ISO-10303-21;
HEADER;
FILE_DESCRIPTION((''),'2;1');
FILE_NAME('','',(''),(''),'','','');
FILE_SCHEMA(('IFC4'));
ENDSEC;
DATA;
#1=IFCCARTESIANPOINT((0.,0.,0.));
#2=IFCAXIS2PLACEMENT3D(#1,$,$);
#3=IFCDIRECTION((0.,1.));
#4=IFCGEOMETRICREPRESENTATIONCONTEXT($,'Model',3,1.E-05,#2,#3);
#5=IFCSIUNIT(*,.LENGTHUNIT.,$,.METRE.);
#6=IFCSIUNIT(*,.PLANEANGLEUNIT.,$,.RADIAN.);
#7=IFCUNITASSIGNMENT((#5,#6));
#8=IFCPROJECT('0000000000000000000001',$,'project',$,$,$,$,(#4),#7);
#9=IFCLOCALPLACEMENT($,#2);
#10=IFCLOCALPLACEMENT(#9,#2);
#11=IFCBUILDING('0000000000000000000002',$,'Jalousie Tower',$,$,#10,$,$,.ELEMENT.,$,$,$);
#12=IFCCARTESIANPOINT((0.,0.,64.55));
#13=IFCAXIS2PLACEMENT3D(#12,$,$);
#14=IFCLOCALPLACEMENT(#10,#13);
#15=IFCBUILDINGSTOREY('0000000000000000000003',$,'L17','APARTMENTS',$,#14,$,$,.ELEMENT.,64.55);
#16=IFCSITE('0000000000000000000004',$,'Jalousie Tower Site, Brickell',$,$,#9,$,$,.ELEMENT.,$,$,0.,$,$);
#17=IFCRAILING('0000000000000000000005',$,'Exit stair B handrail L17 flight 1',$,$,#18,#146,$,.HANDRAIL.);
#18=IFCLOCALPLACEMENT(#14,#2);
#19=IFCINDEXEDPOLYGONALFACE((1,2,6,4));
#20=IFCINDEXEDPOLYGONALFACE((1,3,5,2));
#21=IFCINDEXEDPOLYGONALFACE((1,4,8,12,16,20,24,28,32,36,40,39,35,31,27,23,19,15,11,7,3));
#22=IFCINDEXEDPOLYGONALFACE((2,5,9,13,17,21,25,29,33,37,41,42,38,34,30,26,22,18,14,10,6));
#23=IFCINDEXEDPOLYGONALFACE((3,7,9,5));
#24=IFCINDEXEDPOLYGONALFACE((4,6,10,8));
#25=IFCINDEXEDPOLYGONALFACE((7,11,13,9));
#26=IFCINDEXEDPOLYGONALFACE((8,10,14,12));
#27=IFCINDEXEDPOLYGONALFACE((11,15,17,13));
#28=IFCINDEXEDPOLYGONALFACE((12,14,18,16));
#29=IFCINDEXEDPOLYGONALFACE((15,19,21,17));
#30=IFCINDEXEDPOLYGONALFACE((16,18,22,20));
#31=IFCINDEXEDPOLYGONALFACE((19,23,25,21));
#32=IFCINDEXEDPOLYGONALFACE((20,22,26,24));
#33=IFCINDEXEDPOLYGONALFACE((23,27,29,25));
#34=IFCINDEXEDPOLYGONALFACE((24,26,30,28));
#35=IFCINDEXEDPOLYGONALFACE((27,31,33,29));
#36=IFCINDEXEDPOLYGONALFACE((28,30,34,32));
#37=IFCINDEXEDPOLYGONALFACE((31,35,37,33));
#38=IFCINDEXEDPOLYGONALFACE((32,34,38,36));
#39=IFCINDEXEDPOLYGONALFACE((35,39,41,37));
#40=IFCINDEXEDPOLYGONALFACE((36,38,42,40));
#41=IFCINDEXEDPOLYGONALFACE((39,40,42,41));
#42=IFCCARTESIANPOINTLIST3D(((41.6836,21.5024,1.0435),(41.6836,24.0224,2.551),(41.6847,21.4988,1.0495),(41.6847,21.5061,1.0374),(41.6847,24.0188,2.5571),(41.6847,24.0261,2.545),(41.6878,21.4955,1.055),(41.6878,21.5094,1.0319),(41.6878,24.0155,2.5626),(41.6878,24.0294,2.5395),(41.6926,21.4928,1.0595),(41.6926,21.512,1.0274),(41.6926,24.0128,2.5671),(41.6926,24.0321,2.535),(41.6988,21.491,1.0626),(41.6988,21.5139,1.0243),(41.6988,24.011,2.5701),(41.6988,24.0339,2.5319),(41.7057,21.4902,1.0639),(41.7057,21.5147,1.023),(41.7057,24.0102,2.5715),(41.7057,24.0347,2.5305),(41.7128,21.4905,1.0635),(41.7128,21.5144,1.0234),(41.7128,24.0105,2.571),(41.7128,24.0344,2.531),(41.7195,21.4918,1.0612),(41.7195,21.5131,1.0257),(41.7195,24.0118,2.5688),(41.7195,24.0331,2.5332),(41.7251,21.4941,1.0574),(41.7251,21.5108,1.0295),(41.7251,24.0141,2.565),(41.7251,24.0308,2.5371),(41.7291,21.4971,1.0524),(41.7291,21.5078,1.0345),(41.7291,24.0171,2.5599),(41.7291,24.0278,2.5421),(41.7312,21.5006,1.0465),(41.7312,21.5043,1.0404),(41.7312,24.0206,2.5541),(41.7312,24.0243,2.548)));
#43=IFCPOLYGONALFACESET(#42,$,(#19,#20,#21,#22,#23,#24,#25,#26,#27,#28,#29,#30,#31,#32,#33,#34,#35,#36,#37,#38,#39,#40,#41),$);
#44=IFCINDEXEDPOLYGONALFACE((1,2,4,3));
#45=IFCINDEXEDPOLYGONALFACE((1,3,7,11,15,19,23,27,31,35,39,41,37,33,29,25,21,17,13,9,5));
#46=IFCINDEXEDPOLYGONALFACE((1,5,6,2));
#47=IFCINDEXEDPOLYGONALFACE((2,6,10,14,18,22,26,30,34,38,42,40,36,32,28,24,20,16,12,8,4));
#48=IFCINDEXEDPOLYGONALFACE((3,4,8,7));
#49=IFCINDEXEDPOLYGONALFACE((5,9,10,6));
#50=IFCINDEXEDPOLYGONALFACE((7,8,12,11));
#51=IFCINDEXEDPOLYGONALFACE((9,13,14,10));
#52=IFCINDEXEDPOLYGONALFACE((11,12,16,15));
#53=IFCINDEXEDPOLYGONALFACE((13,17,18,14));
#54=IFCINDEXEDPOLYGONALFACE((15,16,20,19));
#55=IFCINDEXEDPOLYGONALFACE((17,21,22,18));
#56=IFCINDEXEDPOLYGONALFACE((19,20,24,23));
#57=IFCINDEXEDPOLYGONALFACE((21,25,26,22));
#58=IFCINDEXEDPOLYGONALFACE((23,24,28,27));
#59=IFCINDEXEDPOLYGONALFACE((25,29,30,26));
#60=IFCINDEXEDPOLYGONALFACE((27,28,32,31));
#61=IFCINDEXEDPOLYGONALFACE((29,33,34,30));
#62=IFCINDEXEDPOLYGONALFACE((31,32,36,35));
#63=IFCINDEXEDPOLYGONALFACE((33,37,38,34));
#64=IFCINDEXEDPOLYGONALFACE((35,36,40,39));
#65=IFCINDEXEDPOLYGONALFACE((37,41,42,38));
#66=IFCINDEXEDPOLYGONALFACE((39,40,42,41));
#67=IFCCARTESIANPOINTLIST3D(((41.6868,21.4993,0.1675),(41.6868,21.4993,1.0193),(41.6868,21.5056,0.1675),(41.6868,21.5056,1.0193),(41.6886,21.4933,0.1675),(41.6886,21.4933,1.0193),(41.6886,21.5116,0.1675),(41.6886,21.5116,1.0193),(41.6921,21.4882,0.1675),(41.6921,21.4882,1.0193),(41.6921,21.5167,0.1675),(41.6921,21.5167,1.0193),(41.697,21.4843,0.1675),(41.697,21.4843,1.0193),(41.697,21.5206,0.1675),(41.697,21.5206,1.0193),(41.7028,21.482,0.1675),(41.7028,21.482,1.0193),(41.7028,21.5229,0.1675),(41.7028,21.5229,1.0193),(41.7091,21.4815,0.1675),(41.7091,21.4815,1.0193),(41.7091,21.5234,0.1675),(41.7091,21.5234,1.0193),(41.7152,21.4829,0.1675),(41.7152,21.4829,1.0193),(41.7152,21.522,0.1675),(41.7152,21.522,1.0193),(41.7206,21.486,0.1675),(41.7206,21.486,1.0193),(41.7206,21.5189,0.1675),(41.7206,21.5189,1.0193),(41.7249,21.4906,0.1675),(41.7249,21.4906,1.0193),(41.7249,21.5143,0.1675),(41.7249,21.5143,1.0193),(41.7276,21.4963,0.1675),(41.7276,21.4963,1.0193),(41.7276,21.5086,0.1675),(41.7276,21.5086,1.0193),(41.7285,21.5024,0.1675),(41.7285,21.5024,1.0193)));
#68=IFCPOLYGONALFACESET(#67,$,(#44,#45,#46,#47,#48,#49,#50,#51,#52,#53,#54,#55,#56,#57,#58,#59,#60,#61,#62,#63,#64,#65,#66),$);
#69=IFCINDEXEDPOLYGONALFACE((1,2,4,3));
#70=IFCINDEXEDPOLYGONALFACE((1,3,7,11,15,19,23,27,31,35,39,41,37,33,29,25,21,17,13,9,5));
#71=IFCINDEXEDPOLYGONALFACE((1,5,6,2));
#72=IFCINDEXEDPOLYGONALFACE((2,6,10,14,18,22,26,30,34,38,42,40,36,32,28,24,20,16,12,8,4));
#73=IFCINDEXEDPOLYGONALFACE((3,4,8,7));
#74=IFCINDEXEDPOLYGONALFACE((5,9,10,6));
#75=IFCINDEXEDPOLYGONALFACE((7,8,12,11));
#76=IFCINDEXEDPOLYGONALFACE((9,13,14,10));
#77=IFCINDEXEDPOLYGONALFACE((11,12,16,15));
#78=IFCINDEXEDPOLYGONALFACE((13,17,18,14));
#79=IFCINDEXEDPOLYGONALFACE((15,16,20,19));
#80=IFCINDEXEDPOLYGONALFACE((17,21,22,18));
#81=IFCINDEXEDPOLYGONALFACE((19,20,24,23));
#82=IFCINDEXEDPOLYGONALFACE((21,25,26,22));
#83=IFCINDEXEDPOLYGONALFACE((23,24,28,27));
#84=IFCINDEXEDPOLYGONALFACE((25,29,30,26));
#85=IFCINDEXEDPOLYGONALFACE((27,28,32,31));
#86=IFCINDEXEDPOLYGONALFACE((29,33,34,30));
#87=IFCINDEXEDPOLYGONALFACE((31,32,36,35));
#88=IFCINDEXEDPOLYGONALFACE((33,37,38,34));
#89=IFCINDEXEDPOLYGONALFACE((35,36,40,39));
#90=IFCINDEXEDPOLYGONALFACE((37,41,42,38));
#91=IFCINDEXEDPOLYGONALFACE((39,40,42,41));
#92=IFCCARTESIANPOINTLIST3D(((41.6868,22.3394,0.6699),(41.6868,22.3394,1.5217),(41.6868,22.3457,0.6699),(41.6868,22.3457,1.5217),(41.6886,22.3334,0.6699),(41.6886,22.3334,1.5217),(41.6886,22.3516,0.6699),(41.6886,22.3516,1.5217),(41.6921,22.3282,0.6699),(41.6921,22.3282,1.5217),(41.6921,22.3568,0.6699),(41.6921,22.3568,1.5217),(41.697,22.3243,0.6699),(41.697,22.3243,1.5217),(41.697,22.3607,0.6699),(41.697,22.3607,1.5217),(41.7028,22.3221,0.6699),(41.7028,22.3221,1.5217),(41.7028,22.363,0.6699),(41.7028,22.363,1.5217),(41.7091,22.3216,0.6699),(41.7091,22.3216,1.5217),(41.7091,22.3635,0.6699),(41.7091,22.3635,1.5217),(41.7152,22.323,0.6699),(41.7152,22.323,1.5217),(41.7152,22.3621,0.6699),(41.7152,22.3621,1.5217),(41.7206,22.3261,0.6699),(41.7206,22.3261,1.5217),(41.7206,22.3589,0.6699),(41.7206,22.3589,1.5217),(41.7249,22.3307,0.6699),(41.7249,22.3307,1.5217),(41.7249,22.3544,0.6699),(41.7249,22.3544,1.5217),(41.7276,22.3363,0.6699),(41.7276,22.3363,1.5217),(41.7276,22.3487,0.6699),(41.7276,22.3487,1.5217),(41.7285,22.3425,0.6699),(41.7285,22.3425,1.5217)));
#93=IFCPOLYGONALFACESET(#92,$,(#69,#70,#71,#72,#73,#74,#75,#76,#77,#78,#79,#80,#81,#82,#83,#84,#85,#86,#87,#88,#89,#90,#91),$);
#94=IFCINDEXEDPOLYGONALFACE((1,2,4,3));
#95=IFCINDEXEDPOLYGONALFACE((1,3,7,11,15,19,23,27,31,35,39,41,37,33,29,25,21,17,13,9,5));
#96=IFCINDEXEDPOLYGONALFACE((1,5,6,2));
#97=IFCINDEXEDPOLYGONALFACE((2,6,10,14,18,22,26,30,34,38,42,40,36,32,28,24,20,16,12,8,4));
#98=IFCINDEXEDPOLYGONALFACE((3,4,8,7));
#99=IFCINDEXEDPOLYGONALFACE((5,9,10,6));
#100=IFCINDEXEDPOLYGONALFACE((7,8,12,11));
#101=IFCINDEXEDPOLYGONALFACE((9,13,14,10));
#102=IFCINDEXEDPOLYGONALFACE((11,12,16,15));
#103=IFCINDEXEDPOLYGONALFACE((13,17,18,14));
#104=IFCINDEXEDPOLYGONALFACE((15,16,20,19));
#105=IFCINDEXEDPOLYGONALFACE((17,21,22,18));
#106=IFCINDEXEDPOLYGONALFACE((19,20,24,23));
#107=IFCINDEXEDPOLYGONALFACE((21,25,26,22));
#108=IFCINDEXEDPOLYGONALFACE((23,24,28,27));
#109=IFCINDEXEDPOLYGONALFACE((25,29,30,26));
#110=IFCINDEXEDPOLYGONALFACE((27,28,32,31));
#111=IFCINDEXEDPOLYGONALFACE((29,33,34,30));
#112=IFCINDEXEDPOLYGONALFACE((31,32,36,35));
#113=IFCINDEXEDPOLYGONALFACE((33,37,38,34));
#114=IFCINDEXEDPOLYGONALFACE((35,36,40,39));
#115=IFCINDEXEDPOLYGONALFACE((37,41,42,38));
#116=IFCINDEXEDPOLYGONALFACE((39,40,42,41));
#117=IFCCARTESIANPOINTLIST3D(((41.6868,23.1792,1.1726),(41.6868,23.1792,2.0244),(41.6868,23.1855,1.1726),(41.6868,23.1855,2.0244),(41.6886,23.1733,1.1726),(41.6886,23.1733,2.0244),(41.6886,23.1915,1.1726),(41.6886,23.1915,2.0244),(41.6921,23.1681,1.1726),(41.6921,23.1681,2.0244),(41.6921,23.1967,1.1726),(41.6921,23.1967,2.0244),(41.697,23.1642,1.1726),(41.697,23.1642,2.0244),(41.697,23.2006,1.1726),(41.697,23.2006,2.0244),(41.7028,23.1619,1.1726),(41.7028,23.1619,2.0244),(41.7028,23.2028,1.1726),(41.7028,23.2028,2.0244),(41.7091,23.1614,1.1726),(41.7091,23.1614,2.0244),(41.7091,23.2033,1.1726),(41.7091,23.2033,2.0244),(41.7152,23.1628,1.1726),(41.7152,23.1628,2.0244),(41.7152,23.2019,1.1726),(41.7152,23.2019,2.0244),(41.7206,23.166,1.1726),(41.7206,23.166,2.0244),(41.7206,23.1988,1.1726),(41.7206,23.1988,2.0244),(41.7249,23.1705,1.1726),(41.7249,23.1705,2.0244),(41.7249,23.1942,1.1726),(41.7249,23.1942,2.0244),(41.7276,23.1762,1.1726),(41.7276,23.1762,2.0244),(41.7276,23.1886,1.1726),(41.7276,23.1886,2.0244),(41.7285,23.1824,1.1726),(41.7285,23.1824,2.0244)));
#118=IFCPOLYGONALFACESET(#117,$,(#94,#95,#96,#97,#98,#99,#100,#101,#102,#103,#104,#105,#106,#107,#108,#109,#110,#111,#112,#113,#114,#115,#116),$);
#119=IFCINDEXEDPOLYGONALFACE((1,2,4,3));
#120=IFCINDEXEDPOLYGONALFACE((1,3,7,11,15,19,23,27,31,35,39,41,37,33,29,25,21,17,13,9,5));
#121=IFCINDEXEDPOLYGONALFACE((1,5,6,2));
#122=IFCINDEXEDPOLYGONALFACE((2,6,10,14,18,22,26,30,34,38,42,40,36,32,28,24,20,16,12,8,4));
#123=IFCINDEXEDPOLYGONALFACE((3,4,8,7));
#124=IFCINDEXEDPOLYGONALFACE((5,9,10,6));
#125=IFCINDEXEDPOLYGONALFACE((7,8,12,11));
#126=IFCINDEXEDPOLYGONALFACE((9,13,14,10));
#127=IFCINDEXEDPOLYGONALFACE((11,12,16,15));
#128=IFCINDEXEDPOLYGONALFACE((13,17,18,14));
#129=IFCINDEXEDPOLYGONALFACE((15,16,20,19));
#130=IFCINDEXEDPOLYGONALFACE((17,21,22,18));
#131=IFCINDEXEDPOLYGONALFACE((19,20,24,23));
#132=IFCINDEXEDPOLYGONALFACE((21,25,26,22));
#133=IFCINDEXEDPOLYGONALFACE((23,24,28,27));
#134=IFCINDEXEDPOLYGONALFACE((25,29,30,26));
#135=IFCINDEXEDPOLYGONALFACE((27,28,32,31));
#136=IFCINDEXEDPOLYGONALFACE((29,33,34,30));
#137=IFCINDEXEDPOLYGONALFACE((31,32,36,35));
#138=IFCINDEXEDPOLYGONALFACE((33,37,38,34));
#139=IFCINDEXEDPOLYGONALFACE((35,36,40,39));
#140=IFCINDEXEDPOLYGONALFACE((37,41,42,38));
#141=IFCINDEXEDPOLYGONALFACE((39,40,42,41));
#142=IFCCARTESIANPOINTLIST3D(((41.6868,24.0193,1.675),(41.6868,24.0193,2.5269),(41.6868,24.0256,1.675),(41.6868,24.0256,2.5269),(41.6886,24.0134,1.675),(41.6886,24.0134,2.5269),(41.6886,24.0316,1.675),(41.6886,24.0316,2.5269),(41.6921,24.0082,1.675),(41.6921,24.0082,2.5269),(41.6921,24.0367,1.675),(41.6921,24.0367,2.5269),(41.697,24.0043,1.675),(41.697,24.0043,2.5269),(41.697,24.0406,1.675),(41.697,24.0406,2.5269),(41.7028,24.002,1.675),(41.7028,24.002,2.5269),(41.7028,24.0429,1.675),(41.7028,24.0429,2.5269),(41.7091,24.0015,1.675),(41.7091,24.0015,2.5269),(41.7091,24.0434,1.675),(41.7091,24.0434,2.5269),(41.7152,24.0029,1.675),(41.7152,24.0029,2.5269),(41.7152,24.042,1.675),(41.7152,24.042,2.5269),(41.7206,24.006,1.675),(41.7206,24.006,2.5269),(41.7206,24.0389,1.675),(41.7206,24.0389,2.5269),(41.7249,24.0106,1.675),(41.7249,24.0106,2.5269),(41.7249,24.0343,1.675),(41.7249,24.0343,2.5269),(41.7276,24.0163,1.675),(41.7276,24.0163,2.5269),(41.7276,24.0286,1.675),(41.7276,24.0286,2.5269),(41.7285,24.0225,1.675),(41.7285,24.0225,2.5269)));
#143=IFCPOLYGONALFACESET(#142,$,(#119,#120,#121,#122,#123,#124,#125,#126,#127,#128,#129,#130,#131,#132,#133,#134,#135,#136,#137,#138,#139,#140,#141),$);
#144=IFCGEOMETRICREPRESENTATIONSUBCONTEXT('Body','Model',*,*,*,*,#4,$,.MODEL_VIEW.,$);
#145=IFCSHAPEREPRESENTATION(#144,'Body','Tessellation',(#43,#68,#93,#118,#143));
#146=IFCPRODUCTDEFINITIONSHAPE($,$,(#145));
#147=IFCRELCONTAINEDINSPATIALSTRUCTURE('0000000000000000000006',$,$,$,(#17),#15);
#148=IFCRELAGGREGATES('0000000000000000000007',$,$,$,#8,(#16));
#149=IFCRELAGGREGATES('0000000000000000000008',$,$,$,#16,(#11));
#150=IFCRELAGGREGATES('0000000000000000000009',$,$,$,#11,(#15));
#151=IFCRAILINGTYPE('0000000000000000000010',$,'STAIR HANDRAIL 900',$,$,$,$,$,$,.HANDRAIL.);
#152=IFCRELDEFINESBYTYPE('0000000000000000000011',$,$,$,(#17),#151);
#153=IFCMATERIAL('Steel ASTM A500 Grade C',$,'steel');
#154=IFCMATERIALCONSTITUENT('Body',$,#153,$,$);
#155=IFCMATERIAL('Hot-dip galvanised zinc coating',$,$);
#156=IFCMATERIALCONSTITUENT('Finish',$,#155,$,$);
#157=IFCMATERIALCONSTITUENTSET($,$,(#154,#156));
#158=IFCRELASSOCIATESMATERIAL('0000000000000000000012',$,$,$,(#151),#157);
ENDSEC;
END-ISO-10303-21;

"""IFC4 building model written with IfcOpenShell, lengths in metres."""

from ifc_helpers import new_model, si_unit, direction, frame, origin, origin_2d, place, context, subcontext, project, spatial, circle, extrude, material, constituent, constituent_set, type_object, element, save


model = new_model("IFC4")

# Units and contexts
model_context = context("Model", 3, precision=1e-05, world=origin(), true_north=direction((0.0, 1.0)))
body_context = subcontext(model_context, "Body", "Model", "MODEL_VIEW")
ifc_project = project(units=[si_unit("LENGTHUNIT", "METRE"), si_unit("PLANEANGLEUNIT", "RADIAN")], contexts=[model_context])

# Site, building, storey
site_placement = place(None, origin())
site = spatial("IfcSite", under=ifc_project, at=site_placement, Name="Jalousie Tower Site, Brickell", CompositionType="ELEMENT", RefElevation=0.0)
building_placement = place(site_placement, origin())
building = spatial("IfcBuilding", under=site, at=building_placement, Name="Jalousie Tower", CompositionType="ELEMENT")
storey_placement = place(building_placement, frame((0.0, 0.0, 64.55)))
storey = spatial("IfcBuildingStorey", under=building, at=storey_placement, Name="L17", Description="APARTMENTS", CompositionType="ELEMENT", Elevation=64.55)

# Railing
ifc_material_1 = material(Name="Steel ASTM A500 Grade C", Category="steel")
ifc_constituent_1 = constituent(ifc_material_1, Name="Body")
ifc_material_2 = material(Name="Hot-dip galvanised zinc coating")
ifc_constituent_2 = constituent(ifc_material_2, Name="Finish")
ifc_constituent_set_1 = constituent_set(constituents=[ifc_constituent_1, ifc_constituent_2])
railing_type_1 = type_object("IfcRailingType", Name="STAIR HANDRAIL 900", PredefinedType="HANDRAIL", material=ifc_constituent_set_1)
railing_1_placement = place(storey_placement, frame((41.7075, 21.5024, 0.1675)))
element("IfcRailing", 1, at=railing_1_placement, inside=storey, type_object=railing_type_1, Name="Exit stair B handrail L17 flight 1", PredefinedType="HANDRAIL", context=body_context, shape_type="SweptSolid", body=[
    extrude(circle(Radius=0.0239, at=origin_2d()), frame((0.0, 0.0, 0.876), z_axis=(0.0, 0.85816, 0.513383), x_axis=(-1.0, 0.0, 0.0)), (0.0, 0.0, 1.0), 2.9365),
    extrude(circle(Radius=0.021, at=origin_2d()), origin(), (0.0, 0.0, 1.0), 0.8518),
    extrude(circle(Radius=0.021, at=origin_2d()), frame((0.0, 0.8401, 0.5024)), (0.0, 0.0, 1.0), 0.8518),
    extrude(circle(Radius=0.021, at=origin_2d()), frame((0.0, 1.6799, 1.0051)), (0.0, 0.0, 1.0), 0.8518),
    extrude(circle(Radius=0.021, at=origin_2d()), frame((0.0, 2.52, 1.5076)), (0.0, 0.0, 1.0), 0.8518),
])

save(model, "model.ifc")
